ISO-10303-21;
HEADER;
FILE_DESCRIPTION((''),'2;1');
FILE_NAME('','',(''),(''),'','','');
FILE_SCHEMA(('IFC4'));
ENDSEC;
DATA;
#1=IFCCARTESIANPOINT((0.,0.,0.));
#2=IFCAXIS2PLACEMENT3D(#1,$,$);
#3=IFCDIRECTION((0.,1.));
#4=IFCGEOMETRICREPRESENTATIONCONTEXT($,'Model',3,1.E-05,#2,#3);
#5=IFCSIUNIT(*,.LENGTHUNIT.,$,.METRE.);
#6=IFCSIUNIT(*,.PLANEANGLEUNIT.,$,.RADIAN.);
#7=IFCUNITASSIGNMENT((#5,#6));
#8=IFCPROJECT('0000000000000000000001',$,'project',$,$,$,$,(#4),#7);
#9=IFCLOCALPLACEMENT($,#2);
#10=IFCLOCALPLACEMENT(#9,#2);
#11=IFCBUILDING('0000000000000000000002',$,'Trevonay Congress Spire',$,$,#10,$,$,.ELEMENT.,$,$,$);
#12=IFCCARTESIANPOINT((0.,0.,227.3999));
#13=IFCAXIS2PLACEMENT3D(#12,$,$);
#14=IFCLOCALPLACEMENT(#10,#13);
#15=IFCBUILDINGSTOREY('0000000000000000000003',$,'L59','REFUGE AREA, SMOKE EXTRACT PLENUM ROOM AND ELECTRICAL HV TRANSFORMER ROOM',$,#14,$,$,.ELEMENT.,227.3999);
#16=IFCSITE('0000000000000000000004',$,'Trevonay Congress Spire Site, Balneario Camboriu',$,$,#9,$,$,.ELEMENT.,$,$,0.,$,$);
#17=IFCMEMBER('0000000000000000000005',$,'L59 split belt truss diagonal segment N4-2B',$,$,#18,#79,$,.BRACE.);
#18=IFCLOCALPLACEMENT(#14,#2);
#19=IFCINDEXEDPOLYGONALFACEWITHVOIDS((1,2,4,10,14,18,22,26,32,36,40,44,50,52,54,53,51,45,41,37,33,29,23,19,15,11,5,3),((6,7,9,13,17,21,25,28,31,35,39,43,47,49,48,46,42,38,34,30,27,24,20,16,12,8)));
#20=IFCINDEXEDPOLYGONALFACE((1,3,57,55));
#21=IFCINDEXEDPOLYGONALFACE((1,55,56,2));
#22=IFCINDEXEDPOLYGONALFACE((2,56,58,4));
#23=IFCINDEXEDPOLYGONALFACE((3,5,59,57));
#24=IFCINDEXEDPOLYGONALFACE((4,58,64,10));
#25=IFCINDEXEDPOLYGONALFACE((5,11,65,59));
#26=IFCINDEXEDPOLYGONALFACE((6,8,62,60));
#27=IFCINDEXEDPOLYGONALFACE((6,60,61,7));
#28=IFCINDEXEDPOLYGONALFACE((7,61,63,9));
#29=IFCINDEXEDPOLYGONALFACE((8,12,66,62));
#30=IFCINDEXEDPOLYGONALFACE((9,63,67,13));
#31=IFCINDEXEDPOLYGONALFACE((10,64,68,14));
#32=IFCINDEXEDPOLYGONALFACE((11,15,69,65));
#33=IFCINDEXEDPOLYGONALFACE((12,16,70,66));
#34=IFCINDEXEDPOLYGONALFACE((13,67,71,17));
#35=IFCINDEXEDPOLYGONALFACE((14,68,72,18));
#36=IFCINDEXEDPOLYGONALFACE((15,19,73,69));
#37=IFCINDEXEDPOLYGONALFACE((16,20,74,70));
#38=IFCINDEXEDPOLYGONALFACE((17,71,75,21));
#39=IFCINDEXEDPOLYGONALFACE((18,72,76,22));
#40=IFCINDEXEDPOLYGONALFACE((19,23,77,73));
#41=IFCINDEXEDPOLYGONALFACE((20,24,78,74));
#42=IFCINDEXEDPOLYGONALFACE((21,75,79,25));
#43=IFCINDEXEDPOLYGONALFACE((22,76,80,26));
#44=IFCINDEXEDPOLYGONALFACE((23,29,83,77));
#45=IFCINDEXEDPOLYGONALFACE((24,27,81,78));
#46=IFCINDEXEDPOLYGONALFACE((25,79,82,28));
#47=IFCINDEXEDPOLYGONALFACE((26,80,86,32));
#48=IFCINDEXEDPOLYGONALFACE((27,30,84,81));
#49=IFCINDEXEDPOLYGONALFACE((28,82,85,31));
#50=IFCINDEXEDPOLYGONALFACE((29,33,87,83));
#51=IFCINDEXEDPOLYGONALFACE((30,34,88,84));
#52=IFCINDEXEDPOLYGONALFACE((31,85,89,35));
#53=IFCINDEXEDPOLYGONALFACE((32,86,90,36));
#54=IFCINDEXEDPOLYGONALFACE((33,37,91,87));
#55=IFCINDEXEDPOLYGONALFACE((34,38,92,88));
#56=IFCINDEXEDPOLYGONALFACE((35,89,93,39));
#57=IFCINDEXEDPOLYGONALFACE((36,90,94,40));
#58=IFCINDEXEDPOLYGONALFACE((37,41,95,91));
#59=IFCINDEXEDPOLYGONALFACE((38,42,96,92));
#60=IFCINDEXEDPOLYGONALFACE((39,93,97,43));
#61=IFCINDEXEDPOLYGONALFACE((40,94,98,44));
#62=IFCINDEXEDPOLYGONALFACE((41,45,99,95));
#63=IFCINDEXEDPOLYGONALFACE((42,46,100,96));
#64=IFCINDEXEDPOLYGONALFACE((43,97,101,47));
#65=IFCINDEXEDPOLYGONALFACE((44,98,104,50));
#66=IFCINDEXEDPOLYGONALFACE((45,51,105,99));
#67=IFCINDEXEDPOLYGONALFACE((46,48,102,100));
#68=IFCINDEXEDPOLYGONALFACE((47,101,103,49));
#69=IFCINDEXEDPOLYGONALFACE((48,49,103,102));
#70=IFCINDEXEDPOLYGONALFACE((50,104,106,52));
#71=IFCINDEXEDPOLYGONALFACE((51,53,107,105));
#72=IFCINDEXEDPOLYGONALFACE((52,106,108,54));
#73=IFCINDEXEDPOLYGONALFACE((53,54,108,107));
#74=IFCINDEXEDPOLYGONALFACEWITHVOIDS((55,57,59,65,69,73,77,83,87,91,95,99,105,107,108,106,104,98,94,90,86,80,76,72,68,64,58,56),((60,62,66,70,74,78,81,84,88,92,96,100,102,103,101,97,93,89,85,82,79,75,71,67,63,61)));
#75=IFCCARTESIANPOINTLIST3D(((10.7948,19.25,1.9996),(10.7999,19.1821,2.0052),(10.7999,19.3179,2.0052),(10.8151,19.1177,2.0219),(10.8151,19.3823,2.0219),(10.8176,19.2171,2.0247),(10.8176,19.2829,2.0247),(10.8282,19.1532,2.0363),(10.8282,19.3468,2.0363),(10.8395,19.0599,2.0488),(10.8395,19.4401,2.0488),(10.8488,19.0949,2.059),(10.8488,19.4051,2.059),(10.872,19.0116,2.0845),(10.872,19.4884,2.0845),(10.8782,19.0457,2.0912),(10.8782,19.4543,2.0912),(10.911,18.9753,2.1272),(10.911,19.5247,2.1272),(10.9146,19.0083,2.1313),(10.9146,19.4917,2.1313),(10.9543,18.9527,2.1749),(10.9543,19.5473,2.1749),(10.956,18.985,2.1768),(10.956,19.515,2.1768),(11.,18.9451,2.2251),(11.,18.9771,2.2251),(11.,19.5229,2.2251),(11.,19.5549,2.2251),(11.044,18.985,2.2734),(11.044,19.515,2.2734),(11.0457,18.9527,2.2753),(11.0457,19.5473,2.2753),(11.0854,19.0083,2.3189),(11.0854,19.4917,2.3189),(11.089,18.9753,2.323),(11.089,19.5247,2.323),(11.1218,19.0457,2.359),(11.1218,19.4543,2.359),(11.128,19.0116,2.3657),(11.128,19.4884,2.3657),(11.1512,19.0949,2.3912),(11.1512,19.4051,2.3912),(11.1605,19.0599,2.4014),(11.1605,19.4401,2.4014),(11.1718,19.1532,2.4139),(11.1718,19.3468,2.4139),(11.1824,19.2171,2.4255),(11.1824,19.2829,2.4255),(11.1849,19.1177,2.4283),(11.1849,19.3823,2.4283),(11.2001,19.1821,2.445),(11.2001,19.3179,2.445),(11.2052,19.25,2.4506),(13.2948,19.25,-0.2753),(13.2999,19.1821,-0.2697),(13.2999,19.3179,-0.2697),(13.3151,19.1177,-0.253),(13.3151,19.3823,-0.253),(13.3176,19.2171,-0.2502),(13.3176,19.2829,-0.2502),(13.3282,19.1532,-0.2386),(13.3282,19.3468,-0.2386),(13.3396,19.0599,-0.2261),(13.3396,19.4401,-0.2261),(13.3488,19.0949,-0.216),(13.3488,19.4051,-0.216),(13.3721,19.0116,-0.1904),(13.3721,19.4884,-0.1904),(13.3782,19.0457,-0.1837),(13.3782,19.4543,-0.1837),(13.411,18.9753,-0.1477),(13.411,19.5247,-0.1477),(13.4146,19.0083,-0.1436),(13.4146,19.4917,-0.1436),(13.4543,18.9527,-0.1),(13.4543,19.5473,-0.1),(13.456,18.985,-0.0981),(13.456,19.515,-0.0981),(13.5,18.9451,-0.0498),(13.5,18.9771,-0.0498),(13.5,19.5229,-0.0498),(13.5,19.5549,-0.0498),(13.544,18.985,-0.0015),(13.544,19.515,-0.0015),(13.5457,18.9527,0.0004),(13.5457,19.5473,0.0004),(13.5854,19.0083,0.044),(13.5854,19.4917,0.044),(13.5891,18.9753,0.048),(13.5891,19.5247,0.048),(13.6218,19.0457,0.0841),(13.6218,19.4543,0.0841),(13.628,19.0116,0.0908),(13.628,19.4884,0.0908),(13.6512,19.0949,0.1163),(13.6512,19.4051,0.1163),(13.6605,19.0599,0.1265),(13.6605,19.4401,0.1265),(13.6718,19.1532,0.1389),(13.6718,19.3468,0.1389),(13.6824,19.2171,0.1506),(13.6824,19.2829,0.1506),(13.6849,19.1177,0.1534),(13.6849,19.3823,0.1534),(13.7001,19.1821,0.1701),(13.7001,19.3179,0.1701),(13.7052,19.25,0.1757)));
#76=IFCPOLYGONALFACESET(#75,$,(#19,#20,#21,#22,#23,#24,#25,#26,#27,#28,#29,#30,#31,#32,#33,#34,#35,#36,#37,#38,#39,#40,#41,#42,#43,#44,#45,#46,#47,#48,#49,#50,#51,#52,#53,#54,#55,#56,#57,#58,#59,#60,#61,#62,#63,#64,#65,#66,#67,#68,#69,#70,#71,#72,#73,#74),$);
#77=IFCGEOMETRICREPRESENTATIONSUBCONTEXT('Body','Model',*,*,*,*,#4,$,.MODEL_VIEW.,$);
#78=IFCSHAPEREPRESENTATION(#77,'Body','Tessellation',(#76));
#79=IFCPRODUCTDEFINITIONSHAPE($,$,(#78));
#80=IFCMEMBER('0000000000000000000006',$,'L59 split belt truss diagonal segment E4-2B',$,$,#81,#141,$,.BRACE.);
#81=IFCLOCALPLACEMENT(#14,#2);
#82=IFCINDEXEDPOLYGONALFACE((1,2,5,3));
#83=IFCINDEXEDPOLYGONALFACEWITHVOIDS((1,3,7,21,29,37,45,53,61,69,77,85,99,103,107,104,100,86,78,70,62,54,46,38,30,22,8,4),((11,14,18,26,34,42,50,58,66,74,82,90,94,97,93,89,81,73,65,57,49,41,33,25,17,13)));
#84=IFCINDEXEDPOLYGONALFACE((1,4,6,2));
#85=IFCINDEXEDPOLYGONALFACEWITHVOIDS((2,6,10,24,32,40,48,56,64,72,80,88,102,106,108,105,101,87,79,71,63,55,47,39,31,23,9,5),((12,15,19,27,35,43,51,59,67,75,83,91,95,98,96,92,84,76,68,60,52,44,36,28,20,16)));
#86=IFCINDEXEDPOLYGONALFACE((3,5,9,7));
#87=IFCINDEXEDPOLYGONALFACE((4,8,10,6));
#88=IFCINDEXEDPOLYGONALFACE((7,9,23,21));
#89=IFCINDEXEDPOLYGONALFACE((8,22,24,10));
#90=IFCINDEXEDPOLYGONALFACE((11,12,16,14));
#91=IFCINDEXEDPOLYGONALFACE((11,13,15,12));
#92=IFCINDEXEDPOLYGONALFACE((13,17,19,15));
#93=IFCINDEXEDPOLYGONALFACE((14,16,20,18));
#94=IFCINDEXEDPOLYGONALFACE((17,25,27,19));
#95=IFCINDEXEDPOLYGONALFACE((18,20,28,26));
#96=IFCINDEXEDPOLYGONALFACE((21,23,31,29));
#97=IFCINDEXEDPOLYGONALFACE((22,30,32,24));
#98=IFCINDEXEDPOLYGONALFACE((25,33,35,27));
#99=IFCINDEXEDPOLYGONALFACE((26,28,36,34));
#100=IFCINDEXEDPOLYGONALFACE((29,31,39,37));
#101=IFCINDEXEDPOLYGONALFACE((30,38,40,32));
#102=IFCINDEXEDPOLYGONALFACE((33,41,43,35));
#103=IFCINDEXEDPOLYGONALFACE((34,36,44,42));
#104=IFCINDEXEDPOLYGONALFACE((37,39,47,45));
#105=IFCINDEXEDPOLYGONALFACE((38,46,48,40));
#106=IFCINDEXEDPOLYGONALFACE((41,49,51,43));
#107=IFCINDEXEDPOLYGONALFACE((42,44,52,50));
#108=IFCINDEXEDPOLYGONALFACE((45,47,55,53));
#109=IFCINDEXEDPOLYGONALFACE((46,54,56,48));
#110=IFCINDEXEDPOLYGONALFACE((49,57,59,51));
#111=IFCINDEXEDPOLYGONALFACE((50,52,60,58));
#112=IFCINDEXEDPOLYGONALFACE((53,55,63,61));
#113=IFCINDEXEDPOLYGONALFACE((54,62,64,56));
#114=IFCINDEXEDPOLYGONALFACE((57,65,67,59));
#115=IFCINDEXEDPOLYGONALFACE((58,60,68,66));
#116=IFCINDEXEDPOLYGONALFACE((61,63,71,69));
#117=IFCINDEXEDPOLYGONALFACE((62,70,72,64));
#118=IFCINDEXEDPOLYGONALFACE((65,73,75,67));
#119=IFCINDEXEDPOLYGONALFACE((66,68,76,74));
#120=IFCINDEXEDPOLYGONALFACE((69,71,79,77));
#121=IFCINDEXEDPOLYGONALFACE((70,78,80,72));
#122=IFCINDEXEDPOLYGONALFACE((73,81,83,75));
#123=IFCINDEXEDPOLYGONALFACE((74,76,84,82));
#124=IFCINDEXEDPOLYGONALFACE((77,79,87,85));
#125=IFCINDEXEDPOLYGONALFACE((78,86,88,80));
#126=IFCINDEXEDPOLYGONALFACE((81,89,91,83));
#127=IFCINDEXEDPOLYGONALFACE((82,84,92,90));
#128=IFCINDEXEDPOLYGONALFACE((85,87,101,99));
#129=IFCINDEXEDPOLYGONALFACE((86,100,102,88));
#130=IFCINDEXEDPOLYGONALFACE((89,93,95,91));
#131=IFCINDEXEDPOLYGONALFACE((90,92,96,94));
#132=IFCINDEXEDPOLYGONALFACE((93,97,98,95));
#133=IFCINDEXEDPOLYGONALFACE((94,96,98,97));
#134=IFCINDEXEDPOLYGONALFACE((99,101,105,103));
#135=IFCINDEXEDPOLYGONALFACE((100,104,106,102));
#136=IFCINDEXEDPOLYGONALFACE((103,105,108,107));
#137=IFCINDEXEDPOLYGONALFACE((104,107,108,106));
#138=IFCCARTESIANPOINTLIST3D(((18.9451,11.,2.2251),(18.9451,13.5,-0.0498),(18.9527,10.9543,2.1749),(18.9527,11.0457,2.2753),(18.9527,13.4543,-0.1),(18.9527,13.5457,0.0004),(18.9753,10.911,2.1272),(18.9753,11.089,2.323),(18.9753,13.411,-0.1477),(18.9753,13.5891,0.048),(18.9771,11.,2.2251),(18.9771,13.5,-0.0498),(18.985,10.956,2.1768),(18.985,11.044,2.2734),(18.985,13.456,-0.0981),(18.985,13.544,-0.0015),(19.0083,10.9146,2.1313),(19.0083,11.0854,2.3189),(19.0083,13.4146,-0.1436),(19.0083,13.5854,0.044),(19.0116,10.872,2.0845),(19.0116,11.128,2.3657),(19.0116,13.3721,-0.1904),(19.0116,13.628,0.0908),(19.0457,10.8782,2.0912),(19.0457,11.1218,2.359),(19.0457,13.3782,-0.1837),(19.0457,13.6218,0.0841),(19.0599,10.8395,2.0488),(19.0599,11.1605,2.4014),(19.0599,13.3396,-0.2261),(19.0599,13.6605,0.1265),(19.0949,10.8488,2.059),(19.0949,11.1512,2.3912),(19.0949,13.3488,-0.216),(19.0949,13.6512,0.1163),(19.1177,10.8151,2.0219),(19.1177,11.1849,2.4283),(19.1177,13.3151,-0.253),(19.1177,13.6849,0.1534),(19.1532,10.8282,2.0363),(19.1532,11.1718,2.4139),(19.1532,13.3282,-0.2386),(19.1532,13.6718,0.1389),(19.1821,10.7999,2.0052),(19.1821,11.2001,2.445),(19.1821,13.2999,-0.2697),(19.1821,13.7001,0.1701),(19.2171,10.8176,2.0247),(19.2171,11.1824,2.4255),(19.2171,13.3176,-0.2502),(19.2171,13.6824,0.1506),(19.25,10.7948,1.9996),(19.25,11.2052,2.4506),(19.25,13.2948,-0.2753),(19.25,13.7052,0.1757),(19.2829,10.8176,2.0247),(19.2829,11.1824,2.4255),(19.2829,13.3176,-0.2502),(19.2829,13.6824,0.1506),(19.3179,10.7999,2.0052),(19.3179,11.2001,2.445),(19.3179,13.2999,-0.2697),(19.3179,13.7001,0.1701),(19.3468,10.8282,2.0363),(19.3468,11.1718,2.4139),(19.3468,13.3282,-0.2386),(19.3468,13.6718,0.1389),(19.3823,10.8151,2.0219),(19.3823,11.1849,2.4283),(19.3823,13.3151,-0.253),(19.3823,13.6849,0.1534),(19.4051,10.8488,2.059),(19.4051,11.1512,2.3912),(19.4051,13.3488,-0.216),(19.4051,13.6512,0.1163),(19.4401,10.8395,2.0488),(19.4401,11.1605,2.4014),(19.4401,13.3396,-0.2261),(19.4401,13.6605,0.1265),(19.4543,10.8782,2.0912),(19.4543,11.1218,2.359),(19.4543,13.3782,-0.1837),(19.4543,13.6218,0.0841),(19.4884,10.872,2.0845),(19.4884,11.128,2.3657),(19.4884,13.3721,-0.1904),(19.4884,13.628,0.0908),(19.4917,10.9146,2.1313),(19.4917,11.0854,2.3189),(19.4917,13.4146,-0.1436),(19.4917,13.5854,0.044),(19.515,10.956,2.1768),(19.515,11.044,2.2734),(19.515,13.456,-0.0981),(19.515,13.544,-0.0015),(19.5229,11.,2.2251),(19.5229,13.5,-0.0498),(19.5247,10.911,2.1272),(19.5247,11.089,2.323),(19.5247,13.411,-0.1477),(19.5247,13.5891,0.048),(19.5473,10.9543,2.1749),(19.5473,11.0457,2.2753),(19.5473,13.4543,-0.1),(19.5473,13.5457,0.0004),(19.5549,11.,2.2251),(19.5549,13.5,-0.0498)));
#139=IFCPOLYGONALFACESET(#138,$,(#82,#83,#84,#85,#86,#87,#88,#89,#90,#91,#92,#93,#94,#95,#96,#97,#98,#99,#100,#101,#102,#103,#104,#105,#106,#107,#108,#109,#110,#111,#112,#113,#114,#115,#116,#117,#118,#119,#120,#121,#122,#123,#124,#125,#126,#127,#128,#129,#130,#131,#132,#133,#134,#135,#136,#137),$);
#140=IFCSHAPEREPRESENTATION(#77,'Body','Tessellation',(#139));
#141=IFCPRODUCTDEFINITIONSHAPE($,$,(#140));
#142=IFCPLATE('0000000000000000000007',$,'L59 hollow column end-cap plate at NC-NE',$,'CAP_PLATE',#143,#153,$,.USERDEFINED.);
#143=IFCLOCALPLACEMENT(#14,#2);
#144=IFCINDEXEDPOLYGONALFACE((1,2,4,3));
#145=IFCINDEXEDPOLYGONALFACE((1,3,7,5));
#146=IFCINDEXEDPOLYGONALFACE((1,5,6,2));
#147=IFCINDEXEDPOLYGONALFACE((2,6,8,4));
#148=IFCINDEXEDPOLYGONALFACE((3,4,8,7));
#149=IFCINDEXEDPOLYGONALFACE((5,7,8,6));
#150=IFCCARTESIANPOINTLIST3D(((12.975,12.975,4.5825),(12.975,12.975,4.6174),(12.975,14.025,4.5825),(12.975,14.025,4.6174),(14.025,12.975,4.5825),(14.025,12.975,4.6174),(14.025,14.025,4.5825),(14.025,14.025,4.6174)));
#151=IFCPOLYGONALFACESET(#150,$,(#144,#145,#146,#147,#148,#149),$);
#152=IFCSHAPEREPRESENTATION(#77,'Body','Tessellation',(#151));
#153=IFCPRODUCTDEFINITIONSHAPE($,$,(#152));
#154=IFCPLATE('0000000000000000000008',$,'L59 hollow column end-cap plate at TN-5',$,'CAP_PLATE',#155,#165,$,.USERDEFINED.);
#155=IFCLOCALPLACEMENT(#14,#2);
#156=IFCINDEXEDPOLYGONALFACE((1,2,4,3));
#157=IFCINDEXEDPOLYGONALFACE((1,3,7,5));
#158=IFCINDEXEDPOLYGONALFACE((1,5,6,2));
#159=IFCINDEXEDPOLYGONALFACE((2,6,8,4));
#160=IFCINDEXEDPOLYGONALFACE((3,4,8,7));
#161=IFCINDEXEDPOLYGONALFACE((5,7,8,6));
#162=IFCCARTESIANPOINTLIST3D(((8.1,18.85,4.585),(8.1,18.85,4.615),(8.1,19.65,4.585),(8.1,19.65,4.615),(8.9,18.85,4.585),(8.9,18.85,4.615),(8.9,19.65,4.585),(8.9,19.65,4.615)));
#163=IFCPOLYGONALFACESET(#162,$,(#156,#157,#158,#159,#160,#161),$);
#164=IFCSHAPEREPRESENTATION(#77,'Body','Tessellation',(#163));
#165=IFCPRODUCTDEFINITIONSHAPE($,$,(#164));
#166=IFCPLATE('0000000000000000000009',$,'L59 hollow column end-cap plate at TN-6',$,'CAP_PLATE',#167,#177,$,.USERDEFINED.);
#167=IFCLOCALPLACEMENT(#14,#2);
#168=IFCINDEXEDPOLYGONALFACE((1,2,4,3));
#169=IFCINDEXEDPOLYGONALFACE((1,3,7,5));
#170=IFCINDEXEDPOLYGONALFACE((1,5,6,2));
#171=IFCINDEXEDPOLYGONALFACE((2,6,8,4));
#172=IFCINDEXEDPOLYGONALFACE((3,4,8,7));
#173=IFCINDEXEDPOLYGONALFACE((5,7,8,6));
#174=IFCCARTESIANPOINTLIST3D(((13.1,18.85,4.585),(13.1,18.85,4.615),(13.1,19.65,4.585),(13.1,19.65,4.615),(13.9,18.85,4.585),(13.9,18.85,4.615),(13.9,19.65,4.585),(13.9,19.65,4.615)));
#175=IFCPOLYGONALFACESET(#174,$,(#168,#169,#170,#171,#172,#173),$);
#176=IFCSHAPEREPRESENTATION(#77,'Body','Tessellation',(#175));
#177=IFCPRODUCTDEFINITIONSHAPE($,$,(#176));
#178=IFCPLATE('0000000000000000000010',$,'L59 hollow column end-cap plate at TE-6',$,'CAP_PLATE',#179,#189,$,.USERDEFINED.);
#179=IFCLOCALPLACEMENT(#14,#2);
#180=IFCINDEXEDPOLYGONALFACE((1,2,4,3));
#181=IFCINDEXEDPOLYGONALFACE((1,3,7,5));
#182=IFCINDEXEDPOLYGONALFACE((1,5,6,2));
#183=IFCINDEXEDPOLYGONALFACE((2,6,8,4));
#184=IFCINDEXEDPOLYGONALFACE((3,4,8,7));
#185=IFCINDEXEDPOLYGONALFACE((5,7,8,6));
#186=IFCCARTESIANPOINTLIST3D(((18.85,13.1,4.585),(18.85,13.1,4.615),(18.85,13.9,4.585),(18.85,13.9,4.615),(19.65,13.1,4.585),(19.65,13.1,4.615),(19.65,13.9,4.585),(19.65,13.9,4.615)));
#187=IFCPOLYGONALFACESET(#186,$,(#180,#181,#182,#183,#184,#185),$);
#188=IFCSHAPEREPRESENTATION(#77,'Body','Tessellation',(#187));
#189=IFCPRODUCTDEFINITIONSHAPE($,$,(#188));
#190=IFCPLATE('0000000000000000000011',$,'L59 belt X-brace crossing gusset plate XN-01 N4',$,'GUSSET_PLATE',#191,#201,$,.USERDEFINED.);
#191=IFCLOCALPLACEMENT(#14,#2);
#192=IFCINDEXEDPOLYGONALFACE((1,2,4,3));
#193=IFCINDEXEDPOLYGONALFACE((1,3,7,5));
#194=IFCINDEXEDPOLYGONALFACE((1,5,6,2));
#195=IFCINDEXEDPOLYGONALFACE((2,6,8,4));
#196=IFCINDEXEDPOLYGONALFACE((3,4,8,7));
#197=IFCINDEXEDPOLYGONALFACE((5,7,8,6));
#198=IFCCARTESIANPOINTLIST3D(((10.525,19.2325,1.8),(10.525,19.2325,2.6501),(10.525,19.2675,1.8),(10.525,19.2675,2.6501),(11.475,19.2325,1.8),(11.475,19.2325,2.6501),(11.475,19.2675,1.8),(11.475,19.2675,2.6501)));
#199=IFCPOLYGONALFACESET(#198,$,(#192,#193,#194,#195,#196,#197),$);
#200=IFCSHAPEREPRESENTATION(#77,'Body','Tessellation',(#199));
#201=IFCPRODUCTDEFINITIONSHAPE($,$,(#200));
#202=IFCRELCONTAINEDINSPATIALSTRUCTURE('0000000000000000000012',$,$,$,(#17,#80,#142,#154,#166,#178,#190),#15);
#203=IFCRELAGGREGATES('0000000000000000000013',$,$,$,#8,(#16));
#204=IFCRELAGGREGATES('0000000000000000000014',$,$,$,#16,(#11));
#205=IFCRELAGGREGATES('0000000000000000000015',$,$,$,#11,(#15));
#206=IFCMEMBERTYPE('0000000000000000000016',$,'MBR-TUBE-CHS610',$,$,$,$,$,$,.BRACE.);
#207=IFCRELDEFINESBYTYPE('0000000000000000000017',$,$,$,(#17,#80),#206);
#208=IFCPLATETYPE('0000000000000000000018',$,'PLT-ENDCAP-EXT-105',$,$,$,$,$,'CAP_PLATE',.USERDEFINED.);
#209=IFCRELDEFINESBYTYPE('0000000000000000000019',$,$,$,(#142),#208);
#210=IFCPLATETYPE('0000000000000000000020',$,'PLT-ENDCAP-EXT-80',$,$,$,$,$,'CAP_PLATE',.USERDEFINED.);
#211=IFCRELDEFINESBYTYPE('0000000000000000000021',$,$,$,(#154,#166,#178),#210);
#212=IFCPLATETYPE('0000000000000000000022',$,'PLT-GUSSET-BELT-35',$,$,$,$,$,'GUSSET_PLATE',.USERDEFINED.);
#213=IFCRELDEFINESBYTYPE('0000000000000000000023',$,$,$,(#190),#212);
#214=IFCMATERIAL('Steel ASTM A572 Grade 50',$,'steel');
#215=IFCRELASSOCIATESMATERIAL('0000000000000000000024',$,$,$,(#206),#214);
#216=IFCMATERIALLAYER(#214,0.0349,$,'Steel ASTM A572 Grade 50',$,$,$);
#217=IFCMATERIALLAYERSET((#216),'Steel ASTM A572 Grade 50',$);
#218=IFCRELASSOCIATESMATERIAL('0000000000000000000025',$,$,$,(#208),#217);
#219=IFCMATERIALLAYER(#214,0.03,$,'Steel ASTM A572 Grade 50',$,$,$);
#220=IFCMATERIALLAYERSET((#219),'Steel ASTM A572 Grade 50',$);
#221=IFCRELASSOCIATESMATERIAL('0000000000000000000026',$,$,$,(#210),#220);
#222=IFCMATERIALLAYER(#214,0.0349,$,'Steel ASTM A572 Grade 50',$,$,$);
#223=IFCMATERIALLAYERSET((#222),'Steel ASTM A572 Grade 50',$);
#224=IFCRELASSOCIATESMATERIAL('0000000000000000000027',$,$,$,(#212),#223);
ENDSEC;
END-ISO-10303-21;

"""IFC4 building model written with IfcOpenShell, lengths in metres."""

from ifc_helpers import new_model, si_unit, direction, frame, origin, origin_2d, place, context, subcontext, project, spatial, rectangle, hollow_circle, extrude, material, layer, layer_set, material_profile, profile_set, type_object, element, save


model = new_model("IFC4")

# Units and contexts
model_context = context("Model", 3, precision=1e-05, world=origin(), true_north=direction((0.0, 1.0)))
body_context = subcontext(model_context, "Body", "Model", "MODEL_VIEW")
ifc_project = project(units=[si_unit("LENGTHUNIT", "METRE"), si_unit("PLANEANGLEUNIT", "RADIAN")], contexts=[model_context])

# Site, building, storey
site_placement = place(None, origin())
site = spatial("IfcSite", under=ifc_project, at=site_placement, Name="Trevonay Congress Spire Site, Balneario Camboriu", CompositionType="ELEMENT", RefElevation=0.0)
building_placement = place(site_placement, origin())
building = spatial("IfcBuilding", under=site, at=building_placement, Name="Trevonay Congress Spire", CompositionType="ELEMENT")
storey_placement = place(building_placement, frame((0.0, 0.0, 227.3999)))
storey = spatial("IfcBuildingStorey", under=building, at=storey_placement, Name="L59", Description="REFUGE AREA, SMOKE EXTRACT PLENUM ROOM AND ELECTRICAL HV TRANSFORMER ROOM", CompositionType="ELEMENT", Elevation=227.3999)

# Shared definitions
ifc_material_1 = material(Name="Steel ASTM A572 Grade 50", Category="steel")

# Members
ifc_material_profile_1 = material_profile(ifc_material_1, hollow_circle(Radius=0.3049, WallThickness=0.032, at=origin_2d()), Name="CHS 610x32")
ifc_profile_set_1 = profile_set([ifc_material_profile_1], Name="Steel ASTM A572 Grade 50")
member_type = type_object("IfcMemberType", Name="MBR-TUBE-CHS610", PredefinedType="BRACE", material=ifc_profile_set_1)
for number, where, z_axis, x_axis, name in (
    (1, (11.0, 19.25, 2.2251), (0.73962, 0.0, -0.673025), (0.0, 1.0, 0.0), "L59 split belt truss diagonal segment N4-2B"),
    (2, (19.25, 11.0, 2.2251), (0.0, 0.73962, -0.673025), (-1.0, 0.0, 0.0), "L59 split belt truss diagonal segment E4-2B"),
):
    element("IfcMember", number, at=place(storey_placement, frame(where, z_axis=z_axis, x_axis=x_axis)), inside=storey, type_object=member_type, Name=name, PredefinedType="BRACE", context=body_context, shape_type="SweptSolid", body=[
        extrude(hollow_circle(Radius=0.3049, WallThickness=0.032, at=origin_2d()), origin(), (0.0, 0.0, 1.0), 3.3801),
    ])

# Plates
ifc_layer_1 = layer(ifc_material_1, 0.0349, Name="Steel ASTM A572 Grade 50")
ifc_layer_set_1 = layer_set([ifc_layer_1], Name="Steel ASTM A572 Grade 50")
plate_type_1 = type_object("IfcPlateType", Name="PLT-ENDCAP-EXT-105", ElementType="CAP_PLATE", PredefinedType="USERDEFINED", material=ifc_layer_set_1)
plate_1_placement = place(storey_placement, frame((13.5, 13.5, 4.5825), z_axis=(0.0, 0.0, 1.0), x_axis=(1.0, 0.0, 0.0)))
element("IfcPlate", 3, at=plate_1_placement, inside=storey, type_object=plate_type_1, Name="L59 hollow column end-cap plate at NC-NE", ObjectType="CAP_PLATE", PredefinedType="USERDEFINED", context=body_context, shape_type="SweptSolid", body=[
    extrude(rectangle(XDim=1.05, YDim=1.05, at=origin_2d()), origin(), (0.0, 0.0, 1.0), 0.0349),
])
ifc_layer_2 = layer(ifc_material_1, 0.03, Name="Steel ASTM A572 Grade 50")
ifc_layer_set_2 = layer_set([ifc_layer_2], Name="Steel ASTM A572 Grade 50")
plate_type_2 = type_object("IfcPlateType", Name="PLT-ENDCAP-EXT-80", ElementType="CAP_PLATE", PredefinedType="USERDEFINED", material=ifc_layer_set_2)
for number, where, z_axis, x_axis, name in (
    (4, (8.5, 19.25, 4.585), (0.0, 0.0, 1.0), (1.0, 0.0, 0.0), "L59 hollow column end-cap plate at TN-5"),
    (5, (13.5, 19.25, 4.585), (0.0, 0.0, 1.0), (1.0, 0.0, 0.0), "L59 hollow column end-cap plate at TN-6"),
    (6, (19.25, 13.5, 4.585), (0.0, 0.0, 1.0), (1.0, 0.0, 0.0), "L59 hollow column end-cap plate at TE-6"),
):
    element("IfcPlate", number, at=place(storey_placement, frame(where, z_axis=z_axis, x_axis=x_axis)), inside=storey, type_object=plate_type_2, Name=name, ObjectType="CAP_PLATE", PredefinedType="USERDEFINED", context=body_context, shape_type="SweptSolid", body=[
        extrude(rectangle(XDim=0.8, YDim=0.8, at=origin_2d()), origin(), (0.0, 0.0, 1.0), 0.03),
    ])
ifc_layer_3 = layer(ifc_material_1, 0.0349, Name="Steel ASTM A572 Grade 50")
ifc_layer_set_3 = layer_set([ifc_layer_3], Name="Steel ASTM A572 Grade 50")
plate_type_3 = type_object("IfcPlateType", Name="PLT-GUSSET-BELT-35", ElementType="GUSSET_PLATE", PredefinedType="USERDEFINED", material=ifc_layer_set_3)
plate_2_placement = place(storey_placement, frame((11.0, 19.25, 1.8), z_axis=(0.0, 0.0, 1.0), x_axis=(1.0, 0.0, 0.0)))
element("IfcPlate", 7, at=plate_2_placement, inside=storey, type_object=plate_type_3, Name="L59 belt X-brace crossing gusset plate XN-01 N4", ObjectType="GUSSET_PLATE", PredefinedType="USERDEFINED", context=body_context, shape_type="SweptSolid", body=[
    extrude(rectangle(XDim=0.95, YDim=0.0349, at=origin_2d()), origin(), (0.0, 0.0, 1.0), 0.8501),
])

save(model, "model.ifc")
